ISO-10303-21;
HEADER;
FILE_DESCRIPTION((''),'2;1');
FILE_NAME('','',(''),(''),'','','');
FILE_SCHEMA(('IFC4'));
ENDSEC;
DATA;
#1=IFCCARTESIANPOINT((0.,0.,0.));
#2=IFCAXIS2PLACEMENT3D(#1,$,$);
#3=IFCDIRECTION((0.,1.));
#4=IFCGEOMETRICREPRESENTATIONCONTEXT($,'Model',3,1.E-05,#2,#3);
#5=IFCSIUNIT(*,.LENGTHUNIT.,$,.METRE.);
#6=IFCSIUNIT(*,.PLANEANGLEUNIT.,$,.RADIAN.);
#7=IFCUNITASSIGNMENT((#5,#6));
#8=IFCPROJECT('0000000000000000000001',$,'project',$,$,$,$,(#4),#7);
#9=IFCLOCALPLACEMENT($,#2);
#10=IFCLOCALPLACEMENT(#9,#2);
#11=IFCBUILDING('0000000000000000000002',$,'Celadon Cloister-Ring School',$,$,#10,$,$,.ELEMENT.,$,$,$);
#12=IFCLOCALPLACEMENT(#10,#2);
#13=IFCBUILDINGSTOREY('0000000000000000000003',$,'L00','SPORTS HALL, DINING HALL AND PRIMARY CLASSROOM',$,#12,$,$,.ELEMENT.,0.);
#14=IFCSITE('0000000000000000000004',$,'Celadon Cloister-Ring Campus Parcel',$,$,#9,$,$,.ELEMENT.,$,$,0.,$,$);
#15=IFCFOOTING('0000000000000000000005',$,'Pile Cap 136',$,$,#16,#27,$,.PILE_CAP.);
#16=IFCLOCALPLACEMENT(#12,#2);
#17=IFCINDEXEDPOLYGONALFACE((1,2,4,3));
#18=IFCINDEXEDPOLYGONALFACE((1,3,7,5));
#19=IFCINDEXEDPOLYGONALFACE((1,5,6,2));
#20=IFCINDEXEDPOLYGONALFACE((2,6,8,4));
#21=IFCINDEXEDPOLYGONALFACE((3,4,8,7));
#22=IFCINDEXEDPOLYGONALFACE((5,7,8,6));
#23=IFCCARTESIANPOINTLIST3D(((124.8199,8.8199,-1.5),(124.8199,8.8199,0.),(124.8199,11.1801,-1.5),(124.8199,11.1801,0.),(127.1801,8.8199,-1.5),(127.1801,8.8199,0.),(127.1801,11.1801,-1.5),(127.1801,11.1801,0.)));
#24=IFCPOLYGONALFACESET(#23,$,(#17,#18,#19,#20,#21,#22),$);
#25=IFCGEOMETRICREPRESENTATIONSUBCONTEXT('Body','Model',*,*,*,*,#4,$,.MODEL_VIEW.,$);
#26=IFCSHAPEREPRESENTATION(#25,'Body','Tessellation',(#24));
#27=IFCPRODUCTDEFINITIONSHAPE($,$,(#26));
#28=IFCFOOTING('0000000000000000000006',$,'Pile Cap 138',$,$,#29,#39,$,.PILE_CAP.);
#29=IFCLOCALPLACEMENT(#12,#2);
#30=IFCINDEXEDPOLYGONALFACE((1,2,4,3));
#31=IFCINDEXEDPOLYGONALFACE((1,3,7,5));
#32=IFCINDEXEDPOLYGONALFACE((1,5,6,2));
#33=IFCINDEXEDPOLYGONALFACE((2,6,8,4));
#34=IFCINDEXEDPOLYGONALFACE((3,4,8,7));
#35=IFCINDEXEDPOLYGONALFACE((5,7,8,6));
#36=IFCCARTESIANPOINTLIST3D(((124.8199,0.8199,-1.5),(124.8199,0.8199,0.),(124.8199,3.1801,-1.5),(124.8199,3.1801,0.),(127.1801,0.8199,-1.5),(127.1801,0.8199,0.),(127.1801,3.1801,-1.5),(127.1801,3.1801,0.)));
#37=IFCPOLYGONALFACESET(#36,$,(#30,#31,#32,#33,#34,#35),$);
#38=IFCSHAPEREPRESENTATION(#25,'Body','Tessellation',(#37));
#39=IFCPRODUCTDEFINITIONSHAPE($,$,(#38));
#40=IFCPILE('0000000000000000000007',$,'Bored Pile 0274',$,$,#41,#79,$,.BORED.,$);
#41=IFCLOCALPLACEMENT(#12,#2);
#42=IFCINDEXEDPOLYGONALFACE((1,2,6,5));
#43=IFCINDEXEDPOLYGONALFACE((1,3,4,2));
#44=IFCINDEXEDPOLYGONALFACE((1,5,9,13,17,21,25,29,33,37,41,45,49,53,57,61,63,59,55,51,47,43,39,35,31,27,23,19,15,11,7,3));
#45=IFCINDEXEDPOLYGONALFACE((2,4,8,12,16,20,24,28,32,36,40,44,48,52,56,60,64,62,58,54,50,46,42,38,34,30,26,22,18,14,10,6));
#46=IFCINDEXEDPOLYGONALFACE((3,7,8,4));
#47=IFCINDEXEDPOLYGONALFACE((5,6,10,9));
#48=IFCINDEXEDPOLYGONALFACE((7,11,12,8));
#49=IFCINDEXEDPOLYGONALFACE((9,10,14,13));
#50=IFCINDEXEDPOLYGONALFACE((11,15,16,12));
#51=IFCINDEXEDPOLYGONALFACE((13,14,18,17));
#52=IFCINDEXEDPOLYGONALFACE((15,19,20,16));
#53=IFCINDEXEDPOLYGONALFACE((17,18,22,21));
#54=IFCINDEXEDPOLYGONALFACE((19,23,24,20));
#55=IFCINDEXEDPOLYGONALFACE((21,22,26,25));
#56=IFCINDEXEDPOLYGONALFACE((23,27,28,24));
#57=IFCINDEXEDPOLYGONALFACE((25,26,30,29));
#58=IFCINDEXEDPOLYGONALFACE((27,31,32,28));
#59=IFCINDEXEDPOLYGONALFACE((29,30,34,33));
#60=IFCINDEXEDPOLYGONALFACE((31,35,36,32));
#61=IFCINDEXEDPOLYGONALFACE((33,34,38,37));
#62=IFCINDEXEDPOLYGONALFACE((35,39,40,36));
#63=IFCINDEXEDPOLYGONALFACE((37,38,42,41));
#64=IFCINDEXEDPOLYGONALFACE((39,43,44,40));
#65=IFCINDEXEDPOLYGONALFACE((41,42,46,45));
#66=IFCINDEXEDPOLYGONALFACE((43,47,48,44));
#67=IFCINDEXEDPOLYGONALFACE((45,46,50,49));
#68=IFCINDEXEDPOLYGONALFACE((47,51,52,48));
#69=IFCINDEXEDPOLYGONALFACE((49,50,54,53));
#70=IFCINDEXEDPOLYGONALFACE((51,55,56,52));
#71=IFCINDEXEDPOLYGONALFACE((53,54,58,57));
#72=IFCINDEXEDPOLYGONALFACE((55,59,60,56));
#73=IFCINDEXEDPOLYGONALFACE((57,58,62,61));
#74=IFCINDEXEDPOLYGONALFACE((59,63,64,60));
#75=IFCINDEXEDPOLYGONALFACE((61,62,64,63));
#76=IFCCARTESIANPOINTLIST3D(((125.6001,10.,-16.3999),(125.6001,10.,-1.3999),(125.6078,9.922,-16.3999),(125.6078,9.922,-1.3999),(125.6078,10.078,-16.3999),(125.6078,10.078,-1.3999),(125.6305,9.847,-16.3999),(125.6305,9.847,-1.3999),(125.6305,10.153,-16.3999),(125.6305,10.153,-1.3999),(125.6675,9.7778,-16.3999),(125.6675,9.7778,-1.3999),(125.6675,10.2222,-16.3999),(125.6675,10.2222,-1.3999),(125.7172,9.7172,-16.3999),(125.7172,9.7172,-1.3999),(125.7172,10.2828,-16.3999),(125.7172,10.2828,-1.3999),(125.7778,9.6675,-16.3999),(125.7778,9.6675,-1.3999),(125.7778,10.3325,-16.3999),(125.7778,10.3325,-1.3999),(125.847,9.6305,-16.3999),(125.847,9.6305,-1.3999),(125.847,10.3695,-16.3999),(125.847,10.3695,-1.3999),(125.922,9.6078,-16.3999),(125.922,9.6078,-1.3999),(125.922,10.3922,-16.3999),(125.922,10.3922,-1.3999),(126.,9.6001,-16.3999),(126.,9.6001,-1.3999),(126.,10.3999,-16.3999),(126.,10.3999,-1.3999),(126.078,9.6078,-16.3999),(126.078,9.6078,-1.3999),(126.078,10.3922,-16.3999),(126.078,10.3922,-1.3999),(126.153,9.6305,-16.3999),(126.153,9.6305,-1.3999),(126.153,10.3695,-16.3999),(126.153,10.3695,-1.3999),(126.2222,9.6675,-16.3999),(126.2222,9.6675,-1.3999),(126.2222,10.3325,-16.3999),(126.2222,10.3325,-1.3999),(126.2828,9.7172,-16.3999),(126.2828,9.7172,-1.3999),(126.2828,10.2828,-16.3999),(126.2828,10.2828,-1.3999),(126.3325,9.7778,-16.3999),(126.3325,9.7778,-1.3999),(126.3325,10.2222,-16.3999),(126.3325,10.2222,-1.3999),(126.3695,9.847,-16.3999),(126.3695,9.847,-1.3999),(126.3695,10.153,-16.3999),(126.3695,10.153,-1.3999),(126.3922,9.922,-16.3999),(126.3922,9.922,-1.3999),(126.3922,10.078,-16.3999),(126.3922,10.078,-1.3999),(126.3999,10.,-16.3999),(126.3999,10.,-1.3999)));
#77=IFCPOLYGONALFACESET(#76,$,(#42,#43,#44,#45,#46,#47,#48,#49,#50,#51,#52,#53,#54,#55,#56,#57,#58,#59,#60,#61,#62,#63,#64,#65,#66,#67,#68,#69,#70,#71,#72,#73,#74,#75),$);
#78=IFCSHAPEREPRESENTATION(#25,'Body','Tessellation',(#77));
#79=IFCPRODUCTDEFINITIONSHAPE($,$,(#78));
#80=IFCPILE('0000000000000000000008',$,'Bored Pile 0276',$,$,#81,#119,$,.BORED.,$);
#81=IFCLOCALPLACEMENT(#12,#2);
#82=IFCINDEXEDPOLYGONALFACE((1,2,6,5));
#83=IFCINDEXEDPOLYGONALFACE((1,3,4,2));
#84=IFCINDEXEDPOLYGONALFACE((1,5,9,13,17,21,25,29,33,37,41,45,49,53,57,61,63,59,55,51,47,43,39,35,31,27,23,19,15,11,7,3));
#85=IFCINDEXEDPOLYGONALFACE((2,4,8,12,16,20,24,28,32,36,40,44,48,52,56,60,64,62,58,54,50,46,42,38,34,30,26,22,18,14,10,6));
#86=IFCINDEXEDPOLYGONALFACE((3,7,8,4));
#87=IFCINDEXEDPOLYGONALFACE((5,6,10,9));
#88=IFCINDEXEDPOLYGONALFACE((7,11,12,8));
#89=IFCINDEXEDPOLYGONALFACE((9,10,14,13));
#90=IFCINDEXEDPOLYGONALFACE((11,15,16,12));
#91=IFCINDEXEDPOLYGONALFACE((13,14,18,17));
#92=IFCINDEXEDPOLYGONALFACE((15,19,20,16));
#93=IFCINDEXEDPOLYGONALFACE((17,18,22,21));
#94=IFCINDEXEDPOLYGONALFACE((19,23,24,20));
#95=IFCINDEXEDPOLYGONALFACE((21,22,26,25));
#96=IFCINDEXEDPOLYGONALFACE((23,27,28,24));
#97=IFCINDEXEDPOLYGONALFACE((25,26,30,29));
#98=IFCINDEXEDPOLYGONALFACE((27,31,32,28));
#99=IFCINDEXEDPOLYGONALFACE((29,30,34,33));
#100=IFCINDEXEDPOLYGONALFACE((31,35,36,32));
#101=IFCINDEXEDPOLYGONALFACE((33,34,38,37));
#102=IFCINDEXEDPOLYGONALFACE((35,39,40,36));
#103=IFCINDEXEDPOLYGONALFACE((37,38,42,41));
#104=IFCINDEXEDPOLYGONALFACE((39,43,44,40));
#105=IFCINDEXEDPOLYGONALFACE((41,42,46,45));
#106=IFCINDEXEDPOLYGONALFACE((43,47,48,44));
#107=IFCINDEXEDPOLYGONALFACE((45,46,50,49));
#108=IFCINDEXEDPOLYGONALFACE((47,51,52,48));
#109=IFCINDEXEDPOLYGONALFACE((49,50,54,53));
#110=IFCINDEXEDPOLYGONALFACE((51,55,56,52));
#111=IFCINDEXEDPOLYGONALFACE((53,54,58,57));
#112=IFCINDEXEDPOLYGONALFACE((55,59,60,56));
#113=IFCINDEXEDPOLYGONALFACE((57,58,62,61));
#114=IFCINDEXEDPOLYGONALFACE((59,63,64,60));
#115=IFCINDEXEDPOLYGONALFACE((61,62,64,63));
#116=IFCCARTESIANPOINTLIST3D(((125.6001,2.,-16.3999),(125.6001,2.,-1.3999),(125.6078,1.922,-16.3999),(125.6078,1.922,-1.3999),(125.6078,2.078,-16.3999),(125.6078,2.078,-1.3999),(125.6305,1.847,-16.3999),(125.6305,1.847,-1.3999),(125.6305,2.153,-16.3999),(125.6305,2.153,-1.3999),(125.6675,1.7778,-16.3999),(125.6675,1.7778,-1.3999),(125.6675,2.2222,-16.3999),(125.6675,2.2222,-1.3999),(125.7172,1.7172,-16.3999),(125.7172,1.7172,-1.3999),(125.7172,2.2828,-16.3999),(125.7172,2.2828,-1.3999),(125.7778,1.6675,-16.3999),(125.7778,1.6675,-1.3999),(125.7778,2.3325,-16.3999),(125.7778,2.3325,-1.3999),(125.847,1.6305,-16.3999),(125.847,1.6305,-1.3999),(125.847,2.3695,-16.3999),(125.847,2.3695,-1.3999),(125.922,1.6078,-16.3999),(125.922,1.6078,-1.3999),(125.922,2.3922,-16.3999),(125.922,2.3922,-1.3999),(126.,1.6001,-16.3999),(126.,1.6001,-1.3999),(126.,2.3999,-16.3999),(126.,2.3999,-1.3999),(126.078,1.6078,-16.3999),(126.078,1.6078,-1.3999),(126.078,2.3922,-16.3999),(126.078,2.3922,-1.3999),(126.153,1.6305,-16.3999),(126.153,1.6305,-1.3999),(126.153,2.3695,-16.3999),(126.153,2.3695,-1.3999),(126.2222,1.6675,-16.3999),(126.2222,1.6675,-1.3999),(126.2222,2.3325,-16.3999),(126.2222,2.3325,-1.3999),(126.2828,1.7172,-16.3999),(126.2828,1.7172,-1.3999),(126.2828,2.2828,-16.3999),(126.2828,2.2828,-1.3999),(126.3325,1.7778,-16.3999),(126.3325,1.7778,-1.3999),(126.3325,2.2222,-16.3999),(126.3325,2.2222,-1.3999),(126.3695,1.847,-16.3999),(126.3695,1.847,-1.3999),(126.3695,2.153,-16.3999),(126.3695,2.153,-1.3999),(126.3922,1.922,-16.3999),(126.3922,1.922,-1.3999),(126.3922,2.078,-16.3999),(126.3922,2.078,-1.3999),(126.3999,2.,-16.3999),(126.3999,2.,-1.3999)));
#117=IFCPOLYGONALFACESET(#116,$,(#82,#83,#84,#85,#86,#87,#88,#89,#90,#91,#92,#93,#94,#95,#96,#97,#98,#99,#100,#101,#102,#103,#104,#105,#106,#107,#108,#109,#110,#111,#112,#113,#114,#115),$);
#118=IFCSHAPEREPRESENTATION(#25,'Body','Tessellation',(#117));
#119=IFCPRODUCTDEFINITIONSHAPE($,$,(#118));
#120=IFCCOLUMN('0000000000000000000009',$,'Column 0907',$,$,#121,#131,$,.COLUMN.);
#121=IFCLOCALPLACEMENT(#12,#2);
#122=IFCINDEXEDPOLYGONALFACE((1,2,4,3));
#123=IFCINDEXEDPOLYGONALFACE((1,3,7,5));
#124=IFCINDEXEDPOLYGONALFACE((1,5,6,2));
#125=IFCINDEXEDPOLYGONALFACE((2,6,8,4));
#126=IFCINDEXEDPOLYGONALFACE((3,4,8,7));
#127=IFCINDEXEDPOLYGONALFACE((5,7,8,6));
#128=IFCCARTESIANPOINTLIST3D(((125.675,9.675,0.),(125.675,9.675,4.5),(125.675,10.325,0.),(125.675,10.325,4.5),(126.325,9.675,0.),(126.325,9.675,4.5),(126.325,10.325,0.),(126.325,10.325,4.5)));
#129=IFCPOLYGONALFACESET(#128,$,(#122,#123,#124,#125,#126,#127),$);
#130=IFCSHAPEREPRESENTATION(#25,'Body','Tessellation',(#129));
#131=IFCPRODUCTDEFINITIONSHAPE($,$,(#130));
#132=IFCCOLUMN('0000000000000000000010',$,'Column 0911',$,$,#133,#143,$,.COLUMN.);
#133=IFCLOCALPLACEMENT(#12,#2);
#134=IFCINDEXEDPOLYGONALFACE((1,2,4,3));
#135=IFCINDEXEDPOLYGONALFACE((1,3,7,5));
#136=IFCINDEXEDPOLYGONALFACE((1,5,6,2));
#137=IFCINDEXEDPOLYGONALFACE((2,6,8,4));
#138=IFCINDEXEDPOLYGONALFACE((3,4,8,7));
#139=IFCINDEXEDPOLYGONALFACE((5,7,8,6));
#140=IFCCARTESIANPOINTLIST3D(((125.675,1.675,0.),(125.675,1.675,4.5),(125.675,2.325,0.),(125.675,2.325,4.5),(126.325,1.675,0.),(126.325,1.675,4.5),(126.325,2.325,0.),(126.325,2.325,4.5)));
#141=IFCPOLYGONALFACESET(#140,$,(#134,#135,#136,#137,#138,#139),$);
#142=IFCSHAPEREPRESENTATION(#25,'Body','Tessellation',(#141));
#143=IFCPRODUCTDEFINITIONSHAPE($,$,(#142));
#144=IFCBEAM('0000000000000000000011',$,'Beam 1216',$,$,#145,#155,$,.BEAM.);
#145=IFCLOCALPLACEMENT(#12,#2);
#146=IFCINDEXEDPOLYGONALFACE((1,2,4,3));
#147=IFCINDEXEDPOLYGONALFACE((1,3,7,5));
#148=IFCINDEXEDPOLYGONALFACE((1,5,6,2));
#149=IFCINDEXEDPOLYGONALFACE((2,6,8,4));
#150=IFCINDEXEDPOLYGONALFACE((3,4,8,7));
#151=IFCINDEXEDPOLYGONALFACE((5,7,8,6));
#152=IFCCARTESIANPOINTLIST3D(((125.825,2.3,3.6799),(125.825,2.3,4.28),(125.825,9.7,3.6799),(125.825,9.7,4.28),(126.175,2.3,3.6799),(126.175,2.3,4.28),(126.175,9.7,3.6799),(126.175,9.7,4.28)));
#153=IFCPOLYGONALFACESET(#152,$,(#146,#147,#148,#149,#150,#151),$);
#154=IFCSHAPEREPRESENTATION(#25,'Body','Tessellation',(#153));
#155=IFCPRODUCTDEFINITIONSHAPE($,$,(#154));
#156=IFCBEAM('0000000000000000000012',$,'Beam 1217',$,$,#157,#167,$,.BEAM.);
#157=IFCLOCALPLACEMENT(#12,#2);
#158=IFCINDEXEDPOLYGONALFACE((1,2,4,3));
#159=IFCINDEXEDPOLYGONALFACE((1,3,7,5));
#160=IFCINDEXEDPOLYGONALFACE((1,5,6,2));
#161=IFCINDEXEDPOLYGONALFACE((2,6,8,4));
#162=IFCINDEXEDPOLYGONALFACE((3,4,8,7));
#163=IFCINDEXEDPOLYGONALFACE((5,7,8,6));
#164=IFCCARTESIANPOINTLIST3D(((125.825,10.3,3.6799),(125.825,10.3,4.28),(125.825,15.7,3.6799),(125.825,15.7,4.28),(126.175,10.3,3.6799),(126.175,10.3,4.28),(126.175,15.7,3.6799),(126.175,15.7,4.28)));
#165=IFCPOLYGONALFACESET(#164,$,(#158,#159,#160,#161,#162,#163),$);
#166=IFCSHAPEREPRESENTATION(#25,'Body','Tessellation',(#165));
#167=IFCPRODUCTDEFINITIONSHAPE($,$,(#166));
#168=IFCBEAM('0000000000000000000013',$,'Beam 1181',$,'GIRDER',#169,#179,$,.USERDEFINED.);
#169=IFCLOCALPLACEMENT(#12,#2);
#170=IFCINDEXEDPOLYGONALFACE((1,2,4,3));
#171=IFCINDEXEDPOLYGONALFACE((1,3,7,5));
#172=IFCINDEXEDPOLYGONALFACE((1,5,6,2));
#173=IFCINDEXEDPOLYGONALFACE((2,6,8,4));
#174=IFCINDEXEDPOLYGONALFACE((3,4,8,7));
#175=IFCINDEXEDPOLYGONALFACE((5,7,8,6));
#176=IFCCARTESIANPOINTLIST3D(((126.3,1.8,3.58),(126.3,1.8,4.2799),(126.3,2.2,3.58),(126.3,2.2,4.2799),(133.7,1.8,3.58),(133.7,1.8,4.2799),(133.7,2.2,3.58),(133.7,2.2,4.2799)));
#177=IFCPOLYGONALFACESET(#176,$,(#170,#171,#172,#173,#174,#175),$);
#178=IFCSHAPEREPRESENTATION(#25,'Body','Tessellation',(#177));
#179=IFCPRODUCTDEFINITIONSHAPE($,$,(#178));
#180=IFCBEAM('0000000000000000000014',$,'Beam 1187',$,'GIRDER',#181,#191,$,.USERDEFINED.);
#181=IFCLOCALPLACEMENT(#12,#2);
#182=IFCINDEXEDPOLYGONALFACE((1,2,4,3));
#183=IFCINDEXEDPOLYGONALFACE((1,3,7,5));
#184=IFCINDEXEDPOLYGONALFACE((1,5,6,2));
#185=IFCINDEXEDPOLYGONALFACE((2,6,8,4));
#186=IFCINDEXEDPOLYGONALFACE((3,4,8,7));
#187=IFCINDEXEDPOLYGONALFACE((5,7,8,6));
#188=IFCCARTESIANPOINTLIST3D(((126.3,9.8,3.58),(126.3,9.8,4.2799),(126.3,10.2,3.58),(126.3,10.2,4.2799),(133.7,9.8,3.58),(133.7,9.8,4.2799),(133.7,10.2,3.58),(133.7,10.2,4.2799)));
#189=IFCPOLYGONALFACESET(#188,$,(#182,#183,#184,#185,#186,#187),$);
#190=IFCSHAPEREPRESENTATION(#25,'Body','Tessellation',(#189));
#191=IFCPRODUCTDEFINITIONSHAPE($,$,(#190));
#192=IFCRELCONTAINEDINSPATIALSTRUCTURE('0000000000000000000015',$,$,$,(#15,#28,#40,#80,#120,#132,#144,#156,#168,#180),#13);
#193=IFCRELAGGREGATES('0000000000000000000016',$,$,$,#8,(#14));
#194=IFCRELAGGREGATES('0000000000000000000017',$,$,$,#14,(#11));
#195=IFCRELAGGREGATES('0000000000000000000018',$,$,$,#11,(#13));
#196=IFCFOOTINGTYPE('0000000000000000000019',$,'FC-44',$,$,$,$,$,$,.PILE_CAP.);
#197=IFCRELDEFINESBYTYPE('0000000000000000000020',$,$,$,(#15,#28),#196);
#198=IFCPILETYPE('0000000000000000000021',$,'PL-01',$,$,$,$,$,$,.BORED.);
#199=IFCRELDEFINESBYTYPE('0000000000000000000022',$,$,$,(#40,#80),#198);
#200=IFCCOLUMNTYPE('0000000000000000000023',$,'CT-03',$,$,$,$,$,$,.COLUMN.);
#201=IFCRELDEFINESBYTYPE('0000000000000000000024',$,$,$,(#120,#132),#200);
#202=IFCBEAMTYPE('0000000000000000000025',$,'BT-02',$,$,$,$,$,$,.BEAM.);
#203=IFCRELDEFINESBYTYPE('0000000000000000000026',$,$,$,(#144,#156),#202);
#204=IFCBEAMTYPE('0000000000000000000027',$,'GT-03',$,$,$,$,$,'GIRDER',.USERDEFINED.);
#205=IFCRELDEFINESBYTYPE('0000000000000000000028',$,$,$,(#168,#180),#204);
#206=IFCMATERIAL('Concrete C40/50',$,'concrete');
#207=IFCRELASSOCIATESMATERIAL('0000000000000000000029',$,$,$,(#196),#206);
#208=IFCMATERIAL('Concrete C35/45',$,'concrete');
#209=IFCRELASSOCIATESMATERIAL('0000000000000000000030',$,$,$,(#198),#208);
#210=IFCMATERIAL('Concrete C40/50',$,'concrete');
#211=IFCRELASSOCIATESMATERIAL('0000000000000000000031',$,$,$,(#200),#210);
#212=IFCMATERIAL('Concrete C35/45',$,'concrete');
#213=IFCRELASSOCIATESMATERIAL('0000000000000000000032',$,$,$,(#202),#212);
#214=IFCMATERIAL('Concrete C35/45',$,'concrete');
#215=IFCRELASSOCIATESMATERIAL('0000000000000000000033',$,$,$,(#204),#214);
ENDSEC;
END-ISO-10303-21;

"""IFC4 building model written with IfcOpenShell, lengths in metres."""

from ifc_helpers import new_model, si_unit, direction, frame, origin, origin_2d, place, context, subcontext, project, spatial, rectangle, circle, extrude, material, material_profile, profile_set, type_object, element, save


model = new_model("IFC4")

# Units and contexts
model_context = context("Model", 3, precision=1e-05, world=origin(), true_north=direction((0.0, 1.0)))
body_context = subcontext(model_context, "Body", "Model", "MODEL_VIEW")
ifc_project = project(units=[si_unit("LENGTHUNIT", "METRE"), si_unit("PLANEANGLEUNIT", "RADIAN")], contexts=[model_context])

# Site, building, storey
site_placement = place(None, origin())
site = spatial("IfcSite", under=ifc_project, at=site_placement, Name="Celadon Cloister-Ring Campus Parcel", CompositionType="ELEMENT", RefElevation=0.0)
building_placement = place(site_placement, origin())
building = spatial("IfcBuilding", under=site, at=building_placement, Name="Celadon Cloister-Ring School", CompositionType="ELEMENT")
storey_placement = place(building_placement, origin())
storey = spatial("IfcBuildingStorey", under=building, at=storey_placement, Name="L00", Description="SPORTS HALL, DINING HALL AND PRIMARY CLASSROOM", CompositionType="ELEMENT", Elevation=0.0)

# Footings
ifc_material_1 = material(Name="Concrete C40/50", Category="concrete")
footing_type = type_object("IfcFootingType", Name="FC-44", PredefinedType="PILE_CAP", material=ifc_material_1)
for number, where, z_axis, x_axis, name in (
    (1, (126.0, 10.0, -1.5), (0.0, 0.0, 1.0), (1.0, 0.0, 0.0), "Pile Cap 136"),
    (2, (126.0, 2.0, -1.5), (0.0, 0.0, 1.0), (1.0, 0.0, 0.0), "Pile Cap 138"),
):
    element("IfcFooting", number, at=place(storey_placement, frame(where, z_axis=z_axis, x_axis=x_axis)), inside=storey, type_object=footing_type, Name=name, PredefinedType="PILE_CAP", context=body_context, shape_type="SweptSolid", body=[
        extrude(rectangle(XDim=2.3601, YDim=2.3601, at=origin_2d()), origin(), (0.0, 0.0, 1.0), 1.5),
    ])

# Piles
ifc_material_2 = material(Name="Concrete C35/45", Category="concrete")
ifc_material_profile_1 = material_profile(ifc_material_2, circle(Radius=0.3999, at=origin_2d()), Name="PILE800")
ifc_profile_set_1 = profile_set([ifc_material_profile_1], Name="Concrete C35/45")
pile_type = type_object("IfcPileType", Name="PL-01", PredefinedType="BORED", material=ifc_profile_set_1)
for number, where, z_axis, x_axis, name in (
    (3, (126.0, 10.0, -1.3999), (0.0, 0.0, -1.0), (1.0, 0.0, 0.0), "Bored Pile 0274"),
    (4, (126.0, 2.0, -1.3999), (0.0, 0.0, -1.0), (1.0, 0.0, 0.0), "Bored Pile 0276"),
):
    element("IfcPile", number, at=place(storey_placement, frame(where, z_axis=z_axis, x_axis=x_axis)), inside=storey, type_object=pile_type, Name=name, PredefinedType="BORED", context=body_context, shape_type="SweptSolid", body=[
        extrude(circle(Radius=0.3999, at=origin_2d()), origin(), (0.0, 0.0, 1.0), 15.0),
    ])

# Columns
ifc_material_3 = material(Name="Concrete C40/50", Category="concrete")
ifc_material_profile_2 = material_profile(ifc_material_3, rectangle(XDim=0.6499, YDim=0.6499, at=origin_2d()), Name="RC650X650")
ifc_profile_set_2 = profile_set([ifc_material_profile_2], Name="Concrete C40/50")
column_type = type_object("IfcColumnType", Name="CT-03", PredefinedType="COLUMN", material=ifc_profile_set_2)
for number, where, z_axis, x_axis, name in (
    (5, (126.0, 10.0, 0.0), (0.0, 0.0, 1.0), (1.0, 0.0, 0.0), "Column 0907"),
    (6, (126.0, 2.0, 0.0), (0.0, 0.0, 1.0), (1.0, 0.0, 0.0), "Column 0911"),
):
    element("IfcColumn", number, at=place(storey_placement, frame(where, z_axis=z_axis, x_axis=x_axis)), inside=storey, type_object=column_type, Name=name, PredefinedType="COLUMN", context=body_context, shape_type="SweptSolid", body=[
        extrude(rectangle(XDim=0.6499, YDim=0.6499, at=origin_2d()), origin(), (0.0, 0.0, 1.0), 4.5),
    ])

# Beams
ifc_material_4 = material(Name="Concrete C35/45", Category="concrete")
ifc_material_profile_3 = material_profile(ifc_material_4, rectangle(XDim=0.3501, YDim=0.6001, at=origin_2d()), Name="RC350X600")
ifc_profile_set_3 = profile_set([ifc_material_profile_3], Name="Concrete C35/45")
beam_type_1 = type_object("IfcBeamType", Name="BT-02", PredefinedType="BEAM", material=ifc_profile_set_3)
beam_1_placement = place(storey_placement, frame((126.0, 2.3, 3.98), z_axis=(0.0, 1.0, 0.0), x_axis=(-1.0, 0.0, 0.0)))
element("IfcBeam", 7, at=beam_1_placement, inside=storey, type_object=beam_type_1, Name="Beam 1216", PredefinedType="BEAM", context=body_context, shape_type="SweptSolid", body=[
    extrude(rectangle(XDim=0.3501, YDim=0.6001, at=origin_2d()), origin(), (0.0, 0.0, 1.0), 7.3999),
])
beam_2_placement = place(storey_placement, frame((126.0, 10.3, 3.98), z_axis=(0.0, 1.0, 0.0), x_axis=(-1.0, 0.0, 0.0)))
element("IfcBeam", 8, at=beam_2_placement, inside=storey, type_object=beam_type_1, Name="Beam 1217", PredefinedType="BEAM", context=body_context, shape_type="SweptSolid", body=[
    extrude(rectangle(XDim=0.3501, YDim=0.6001, at=origin_2d()), origin(), (0.0, 0.0, 1.0), 5.3999),
])
ifc_material_5 = material(Name="Concrete C35/45", Category="concrete")
ifc_material_profile_4 = material_profile(ifc_material_5, rectangle(XDim=0.3999, YDim=0.7, at=origin_2d()), Name="RC400X700")
ifc_profile_set_4 = profile_set([ifc_material_profile_4], Name="Concrete C35/45")
beam_type_2 = type_object("IfcBeamType", Name="GT-03", ElementType="GIRDER", PredefinedType="USERDEFINED", material=ifc_profile_set_4)
for number, where, z_axis, x_axis, name in (
    (9, (126.3, 2.0, 3.9299), (1.0, 0.0, 0.0), (0.0, 1.0, 0.0), "Beam 1181"),
    (10, (126.3, 10.0, 3.9299), (1.0, 0.0, 0.0), (0.0, 1.0, 0.0), "Beam 1187"),
):
    element("IfcBeam", number, at=place(storey_placement, frame(where, z_axis=z_axis, x_axis=x_axis)), inside=storey, type_object=beam_type_2, Name=name, ObjectType="GIRDER", PredefinedType="USERDEFINED", context=body_context, shape_type="SweptSolid", body=[
        extrude(rectangle(XDim=0.3999, YDim=0.7, at=origin_2d()), origin(), (0.0, 0.0, 1.0), 7.3999),
    ])

save(model, "model.ifc")
